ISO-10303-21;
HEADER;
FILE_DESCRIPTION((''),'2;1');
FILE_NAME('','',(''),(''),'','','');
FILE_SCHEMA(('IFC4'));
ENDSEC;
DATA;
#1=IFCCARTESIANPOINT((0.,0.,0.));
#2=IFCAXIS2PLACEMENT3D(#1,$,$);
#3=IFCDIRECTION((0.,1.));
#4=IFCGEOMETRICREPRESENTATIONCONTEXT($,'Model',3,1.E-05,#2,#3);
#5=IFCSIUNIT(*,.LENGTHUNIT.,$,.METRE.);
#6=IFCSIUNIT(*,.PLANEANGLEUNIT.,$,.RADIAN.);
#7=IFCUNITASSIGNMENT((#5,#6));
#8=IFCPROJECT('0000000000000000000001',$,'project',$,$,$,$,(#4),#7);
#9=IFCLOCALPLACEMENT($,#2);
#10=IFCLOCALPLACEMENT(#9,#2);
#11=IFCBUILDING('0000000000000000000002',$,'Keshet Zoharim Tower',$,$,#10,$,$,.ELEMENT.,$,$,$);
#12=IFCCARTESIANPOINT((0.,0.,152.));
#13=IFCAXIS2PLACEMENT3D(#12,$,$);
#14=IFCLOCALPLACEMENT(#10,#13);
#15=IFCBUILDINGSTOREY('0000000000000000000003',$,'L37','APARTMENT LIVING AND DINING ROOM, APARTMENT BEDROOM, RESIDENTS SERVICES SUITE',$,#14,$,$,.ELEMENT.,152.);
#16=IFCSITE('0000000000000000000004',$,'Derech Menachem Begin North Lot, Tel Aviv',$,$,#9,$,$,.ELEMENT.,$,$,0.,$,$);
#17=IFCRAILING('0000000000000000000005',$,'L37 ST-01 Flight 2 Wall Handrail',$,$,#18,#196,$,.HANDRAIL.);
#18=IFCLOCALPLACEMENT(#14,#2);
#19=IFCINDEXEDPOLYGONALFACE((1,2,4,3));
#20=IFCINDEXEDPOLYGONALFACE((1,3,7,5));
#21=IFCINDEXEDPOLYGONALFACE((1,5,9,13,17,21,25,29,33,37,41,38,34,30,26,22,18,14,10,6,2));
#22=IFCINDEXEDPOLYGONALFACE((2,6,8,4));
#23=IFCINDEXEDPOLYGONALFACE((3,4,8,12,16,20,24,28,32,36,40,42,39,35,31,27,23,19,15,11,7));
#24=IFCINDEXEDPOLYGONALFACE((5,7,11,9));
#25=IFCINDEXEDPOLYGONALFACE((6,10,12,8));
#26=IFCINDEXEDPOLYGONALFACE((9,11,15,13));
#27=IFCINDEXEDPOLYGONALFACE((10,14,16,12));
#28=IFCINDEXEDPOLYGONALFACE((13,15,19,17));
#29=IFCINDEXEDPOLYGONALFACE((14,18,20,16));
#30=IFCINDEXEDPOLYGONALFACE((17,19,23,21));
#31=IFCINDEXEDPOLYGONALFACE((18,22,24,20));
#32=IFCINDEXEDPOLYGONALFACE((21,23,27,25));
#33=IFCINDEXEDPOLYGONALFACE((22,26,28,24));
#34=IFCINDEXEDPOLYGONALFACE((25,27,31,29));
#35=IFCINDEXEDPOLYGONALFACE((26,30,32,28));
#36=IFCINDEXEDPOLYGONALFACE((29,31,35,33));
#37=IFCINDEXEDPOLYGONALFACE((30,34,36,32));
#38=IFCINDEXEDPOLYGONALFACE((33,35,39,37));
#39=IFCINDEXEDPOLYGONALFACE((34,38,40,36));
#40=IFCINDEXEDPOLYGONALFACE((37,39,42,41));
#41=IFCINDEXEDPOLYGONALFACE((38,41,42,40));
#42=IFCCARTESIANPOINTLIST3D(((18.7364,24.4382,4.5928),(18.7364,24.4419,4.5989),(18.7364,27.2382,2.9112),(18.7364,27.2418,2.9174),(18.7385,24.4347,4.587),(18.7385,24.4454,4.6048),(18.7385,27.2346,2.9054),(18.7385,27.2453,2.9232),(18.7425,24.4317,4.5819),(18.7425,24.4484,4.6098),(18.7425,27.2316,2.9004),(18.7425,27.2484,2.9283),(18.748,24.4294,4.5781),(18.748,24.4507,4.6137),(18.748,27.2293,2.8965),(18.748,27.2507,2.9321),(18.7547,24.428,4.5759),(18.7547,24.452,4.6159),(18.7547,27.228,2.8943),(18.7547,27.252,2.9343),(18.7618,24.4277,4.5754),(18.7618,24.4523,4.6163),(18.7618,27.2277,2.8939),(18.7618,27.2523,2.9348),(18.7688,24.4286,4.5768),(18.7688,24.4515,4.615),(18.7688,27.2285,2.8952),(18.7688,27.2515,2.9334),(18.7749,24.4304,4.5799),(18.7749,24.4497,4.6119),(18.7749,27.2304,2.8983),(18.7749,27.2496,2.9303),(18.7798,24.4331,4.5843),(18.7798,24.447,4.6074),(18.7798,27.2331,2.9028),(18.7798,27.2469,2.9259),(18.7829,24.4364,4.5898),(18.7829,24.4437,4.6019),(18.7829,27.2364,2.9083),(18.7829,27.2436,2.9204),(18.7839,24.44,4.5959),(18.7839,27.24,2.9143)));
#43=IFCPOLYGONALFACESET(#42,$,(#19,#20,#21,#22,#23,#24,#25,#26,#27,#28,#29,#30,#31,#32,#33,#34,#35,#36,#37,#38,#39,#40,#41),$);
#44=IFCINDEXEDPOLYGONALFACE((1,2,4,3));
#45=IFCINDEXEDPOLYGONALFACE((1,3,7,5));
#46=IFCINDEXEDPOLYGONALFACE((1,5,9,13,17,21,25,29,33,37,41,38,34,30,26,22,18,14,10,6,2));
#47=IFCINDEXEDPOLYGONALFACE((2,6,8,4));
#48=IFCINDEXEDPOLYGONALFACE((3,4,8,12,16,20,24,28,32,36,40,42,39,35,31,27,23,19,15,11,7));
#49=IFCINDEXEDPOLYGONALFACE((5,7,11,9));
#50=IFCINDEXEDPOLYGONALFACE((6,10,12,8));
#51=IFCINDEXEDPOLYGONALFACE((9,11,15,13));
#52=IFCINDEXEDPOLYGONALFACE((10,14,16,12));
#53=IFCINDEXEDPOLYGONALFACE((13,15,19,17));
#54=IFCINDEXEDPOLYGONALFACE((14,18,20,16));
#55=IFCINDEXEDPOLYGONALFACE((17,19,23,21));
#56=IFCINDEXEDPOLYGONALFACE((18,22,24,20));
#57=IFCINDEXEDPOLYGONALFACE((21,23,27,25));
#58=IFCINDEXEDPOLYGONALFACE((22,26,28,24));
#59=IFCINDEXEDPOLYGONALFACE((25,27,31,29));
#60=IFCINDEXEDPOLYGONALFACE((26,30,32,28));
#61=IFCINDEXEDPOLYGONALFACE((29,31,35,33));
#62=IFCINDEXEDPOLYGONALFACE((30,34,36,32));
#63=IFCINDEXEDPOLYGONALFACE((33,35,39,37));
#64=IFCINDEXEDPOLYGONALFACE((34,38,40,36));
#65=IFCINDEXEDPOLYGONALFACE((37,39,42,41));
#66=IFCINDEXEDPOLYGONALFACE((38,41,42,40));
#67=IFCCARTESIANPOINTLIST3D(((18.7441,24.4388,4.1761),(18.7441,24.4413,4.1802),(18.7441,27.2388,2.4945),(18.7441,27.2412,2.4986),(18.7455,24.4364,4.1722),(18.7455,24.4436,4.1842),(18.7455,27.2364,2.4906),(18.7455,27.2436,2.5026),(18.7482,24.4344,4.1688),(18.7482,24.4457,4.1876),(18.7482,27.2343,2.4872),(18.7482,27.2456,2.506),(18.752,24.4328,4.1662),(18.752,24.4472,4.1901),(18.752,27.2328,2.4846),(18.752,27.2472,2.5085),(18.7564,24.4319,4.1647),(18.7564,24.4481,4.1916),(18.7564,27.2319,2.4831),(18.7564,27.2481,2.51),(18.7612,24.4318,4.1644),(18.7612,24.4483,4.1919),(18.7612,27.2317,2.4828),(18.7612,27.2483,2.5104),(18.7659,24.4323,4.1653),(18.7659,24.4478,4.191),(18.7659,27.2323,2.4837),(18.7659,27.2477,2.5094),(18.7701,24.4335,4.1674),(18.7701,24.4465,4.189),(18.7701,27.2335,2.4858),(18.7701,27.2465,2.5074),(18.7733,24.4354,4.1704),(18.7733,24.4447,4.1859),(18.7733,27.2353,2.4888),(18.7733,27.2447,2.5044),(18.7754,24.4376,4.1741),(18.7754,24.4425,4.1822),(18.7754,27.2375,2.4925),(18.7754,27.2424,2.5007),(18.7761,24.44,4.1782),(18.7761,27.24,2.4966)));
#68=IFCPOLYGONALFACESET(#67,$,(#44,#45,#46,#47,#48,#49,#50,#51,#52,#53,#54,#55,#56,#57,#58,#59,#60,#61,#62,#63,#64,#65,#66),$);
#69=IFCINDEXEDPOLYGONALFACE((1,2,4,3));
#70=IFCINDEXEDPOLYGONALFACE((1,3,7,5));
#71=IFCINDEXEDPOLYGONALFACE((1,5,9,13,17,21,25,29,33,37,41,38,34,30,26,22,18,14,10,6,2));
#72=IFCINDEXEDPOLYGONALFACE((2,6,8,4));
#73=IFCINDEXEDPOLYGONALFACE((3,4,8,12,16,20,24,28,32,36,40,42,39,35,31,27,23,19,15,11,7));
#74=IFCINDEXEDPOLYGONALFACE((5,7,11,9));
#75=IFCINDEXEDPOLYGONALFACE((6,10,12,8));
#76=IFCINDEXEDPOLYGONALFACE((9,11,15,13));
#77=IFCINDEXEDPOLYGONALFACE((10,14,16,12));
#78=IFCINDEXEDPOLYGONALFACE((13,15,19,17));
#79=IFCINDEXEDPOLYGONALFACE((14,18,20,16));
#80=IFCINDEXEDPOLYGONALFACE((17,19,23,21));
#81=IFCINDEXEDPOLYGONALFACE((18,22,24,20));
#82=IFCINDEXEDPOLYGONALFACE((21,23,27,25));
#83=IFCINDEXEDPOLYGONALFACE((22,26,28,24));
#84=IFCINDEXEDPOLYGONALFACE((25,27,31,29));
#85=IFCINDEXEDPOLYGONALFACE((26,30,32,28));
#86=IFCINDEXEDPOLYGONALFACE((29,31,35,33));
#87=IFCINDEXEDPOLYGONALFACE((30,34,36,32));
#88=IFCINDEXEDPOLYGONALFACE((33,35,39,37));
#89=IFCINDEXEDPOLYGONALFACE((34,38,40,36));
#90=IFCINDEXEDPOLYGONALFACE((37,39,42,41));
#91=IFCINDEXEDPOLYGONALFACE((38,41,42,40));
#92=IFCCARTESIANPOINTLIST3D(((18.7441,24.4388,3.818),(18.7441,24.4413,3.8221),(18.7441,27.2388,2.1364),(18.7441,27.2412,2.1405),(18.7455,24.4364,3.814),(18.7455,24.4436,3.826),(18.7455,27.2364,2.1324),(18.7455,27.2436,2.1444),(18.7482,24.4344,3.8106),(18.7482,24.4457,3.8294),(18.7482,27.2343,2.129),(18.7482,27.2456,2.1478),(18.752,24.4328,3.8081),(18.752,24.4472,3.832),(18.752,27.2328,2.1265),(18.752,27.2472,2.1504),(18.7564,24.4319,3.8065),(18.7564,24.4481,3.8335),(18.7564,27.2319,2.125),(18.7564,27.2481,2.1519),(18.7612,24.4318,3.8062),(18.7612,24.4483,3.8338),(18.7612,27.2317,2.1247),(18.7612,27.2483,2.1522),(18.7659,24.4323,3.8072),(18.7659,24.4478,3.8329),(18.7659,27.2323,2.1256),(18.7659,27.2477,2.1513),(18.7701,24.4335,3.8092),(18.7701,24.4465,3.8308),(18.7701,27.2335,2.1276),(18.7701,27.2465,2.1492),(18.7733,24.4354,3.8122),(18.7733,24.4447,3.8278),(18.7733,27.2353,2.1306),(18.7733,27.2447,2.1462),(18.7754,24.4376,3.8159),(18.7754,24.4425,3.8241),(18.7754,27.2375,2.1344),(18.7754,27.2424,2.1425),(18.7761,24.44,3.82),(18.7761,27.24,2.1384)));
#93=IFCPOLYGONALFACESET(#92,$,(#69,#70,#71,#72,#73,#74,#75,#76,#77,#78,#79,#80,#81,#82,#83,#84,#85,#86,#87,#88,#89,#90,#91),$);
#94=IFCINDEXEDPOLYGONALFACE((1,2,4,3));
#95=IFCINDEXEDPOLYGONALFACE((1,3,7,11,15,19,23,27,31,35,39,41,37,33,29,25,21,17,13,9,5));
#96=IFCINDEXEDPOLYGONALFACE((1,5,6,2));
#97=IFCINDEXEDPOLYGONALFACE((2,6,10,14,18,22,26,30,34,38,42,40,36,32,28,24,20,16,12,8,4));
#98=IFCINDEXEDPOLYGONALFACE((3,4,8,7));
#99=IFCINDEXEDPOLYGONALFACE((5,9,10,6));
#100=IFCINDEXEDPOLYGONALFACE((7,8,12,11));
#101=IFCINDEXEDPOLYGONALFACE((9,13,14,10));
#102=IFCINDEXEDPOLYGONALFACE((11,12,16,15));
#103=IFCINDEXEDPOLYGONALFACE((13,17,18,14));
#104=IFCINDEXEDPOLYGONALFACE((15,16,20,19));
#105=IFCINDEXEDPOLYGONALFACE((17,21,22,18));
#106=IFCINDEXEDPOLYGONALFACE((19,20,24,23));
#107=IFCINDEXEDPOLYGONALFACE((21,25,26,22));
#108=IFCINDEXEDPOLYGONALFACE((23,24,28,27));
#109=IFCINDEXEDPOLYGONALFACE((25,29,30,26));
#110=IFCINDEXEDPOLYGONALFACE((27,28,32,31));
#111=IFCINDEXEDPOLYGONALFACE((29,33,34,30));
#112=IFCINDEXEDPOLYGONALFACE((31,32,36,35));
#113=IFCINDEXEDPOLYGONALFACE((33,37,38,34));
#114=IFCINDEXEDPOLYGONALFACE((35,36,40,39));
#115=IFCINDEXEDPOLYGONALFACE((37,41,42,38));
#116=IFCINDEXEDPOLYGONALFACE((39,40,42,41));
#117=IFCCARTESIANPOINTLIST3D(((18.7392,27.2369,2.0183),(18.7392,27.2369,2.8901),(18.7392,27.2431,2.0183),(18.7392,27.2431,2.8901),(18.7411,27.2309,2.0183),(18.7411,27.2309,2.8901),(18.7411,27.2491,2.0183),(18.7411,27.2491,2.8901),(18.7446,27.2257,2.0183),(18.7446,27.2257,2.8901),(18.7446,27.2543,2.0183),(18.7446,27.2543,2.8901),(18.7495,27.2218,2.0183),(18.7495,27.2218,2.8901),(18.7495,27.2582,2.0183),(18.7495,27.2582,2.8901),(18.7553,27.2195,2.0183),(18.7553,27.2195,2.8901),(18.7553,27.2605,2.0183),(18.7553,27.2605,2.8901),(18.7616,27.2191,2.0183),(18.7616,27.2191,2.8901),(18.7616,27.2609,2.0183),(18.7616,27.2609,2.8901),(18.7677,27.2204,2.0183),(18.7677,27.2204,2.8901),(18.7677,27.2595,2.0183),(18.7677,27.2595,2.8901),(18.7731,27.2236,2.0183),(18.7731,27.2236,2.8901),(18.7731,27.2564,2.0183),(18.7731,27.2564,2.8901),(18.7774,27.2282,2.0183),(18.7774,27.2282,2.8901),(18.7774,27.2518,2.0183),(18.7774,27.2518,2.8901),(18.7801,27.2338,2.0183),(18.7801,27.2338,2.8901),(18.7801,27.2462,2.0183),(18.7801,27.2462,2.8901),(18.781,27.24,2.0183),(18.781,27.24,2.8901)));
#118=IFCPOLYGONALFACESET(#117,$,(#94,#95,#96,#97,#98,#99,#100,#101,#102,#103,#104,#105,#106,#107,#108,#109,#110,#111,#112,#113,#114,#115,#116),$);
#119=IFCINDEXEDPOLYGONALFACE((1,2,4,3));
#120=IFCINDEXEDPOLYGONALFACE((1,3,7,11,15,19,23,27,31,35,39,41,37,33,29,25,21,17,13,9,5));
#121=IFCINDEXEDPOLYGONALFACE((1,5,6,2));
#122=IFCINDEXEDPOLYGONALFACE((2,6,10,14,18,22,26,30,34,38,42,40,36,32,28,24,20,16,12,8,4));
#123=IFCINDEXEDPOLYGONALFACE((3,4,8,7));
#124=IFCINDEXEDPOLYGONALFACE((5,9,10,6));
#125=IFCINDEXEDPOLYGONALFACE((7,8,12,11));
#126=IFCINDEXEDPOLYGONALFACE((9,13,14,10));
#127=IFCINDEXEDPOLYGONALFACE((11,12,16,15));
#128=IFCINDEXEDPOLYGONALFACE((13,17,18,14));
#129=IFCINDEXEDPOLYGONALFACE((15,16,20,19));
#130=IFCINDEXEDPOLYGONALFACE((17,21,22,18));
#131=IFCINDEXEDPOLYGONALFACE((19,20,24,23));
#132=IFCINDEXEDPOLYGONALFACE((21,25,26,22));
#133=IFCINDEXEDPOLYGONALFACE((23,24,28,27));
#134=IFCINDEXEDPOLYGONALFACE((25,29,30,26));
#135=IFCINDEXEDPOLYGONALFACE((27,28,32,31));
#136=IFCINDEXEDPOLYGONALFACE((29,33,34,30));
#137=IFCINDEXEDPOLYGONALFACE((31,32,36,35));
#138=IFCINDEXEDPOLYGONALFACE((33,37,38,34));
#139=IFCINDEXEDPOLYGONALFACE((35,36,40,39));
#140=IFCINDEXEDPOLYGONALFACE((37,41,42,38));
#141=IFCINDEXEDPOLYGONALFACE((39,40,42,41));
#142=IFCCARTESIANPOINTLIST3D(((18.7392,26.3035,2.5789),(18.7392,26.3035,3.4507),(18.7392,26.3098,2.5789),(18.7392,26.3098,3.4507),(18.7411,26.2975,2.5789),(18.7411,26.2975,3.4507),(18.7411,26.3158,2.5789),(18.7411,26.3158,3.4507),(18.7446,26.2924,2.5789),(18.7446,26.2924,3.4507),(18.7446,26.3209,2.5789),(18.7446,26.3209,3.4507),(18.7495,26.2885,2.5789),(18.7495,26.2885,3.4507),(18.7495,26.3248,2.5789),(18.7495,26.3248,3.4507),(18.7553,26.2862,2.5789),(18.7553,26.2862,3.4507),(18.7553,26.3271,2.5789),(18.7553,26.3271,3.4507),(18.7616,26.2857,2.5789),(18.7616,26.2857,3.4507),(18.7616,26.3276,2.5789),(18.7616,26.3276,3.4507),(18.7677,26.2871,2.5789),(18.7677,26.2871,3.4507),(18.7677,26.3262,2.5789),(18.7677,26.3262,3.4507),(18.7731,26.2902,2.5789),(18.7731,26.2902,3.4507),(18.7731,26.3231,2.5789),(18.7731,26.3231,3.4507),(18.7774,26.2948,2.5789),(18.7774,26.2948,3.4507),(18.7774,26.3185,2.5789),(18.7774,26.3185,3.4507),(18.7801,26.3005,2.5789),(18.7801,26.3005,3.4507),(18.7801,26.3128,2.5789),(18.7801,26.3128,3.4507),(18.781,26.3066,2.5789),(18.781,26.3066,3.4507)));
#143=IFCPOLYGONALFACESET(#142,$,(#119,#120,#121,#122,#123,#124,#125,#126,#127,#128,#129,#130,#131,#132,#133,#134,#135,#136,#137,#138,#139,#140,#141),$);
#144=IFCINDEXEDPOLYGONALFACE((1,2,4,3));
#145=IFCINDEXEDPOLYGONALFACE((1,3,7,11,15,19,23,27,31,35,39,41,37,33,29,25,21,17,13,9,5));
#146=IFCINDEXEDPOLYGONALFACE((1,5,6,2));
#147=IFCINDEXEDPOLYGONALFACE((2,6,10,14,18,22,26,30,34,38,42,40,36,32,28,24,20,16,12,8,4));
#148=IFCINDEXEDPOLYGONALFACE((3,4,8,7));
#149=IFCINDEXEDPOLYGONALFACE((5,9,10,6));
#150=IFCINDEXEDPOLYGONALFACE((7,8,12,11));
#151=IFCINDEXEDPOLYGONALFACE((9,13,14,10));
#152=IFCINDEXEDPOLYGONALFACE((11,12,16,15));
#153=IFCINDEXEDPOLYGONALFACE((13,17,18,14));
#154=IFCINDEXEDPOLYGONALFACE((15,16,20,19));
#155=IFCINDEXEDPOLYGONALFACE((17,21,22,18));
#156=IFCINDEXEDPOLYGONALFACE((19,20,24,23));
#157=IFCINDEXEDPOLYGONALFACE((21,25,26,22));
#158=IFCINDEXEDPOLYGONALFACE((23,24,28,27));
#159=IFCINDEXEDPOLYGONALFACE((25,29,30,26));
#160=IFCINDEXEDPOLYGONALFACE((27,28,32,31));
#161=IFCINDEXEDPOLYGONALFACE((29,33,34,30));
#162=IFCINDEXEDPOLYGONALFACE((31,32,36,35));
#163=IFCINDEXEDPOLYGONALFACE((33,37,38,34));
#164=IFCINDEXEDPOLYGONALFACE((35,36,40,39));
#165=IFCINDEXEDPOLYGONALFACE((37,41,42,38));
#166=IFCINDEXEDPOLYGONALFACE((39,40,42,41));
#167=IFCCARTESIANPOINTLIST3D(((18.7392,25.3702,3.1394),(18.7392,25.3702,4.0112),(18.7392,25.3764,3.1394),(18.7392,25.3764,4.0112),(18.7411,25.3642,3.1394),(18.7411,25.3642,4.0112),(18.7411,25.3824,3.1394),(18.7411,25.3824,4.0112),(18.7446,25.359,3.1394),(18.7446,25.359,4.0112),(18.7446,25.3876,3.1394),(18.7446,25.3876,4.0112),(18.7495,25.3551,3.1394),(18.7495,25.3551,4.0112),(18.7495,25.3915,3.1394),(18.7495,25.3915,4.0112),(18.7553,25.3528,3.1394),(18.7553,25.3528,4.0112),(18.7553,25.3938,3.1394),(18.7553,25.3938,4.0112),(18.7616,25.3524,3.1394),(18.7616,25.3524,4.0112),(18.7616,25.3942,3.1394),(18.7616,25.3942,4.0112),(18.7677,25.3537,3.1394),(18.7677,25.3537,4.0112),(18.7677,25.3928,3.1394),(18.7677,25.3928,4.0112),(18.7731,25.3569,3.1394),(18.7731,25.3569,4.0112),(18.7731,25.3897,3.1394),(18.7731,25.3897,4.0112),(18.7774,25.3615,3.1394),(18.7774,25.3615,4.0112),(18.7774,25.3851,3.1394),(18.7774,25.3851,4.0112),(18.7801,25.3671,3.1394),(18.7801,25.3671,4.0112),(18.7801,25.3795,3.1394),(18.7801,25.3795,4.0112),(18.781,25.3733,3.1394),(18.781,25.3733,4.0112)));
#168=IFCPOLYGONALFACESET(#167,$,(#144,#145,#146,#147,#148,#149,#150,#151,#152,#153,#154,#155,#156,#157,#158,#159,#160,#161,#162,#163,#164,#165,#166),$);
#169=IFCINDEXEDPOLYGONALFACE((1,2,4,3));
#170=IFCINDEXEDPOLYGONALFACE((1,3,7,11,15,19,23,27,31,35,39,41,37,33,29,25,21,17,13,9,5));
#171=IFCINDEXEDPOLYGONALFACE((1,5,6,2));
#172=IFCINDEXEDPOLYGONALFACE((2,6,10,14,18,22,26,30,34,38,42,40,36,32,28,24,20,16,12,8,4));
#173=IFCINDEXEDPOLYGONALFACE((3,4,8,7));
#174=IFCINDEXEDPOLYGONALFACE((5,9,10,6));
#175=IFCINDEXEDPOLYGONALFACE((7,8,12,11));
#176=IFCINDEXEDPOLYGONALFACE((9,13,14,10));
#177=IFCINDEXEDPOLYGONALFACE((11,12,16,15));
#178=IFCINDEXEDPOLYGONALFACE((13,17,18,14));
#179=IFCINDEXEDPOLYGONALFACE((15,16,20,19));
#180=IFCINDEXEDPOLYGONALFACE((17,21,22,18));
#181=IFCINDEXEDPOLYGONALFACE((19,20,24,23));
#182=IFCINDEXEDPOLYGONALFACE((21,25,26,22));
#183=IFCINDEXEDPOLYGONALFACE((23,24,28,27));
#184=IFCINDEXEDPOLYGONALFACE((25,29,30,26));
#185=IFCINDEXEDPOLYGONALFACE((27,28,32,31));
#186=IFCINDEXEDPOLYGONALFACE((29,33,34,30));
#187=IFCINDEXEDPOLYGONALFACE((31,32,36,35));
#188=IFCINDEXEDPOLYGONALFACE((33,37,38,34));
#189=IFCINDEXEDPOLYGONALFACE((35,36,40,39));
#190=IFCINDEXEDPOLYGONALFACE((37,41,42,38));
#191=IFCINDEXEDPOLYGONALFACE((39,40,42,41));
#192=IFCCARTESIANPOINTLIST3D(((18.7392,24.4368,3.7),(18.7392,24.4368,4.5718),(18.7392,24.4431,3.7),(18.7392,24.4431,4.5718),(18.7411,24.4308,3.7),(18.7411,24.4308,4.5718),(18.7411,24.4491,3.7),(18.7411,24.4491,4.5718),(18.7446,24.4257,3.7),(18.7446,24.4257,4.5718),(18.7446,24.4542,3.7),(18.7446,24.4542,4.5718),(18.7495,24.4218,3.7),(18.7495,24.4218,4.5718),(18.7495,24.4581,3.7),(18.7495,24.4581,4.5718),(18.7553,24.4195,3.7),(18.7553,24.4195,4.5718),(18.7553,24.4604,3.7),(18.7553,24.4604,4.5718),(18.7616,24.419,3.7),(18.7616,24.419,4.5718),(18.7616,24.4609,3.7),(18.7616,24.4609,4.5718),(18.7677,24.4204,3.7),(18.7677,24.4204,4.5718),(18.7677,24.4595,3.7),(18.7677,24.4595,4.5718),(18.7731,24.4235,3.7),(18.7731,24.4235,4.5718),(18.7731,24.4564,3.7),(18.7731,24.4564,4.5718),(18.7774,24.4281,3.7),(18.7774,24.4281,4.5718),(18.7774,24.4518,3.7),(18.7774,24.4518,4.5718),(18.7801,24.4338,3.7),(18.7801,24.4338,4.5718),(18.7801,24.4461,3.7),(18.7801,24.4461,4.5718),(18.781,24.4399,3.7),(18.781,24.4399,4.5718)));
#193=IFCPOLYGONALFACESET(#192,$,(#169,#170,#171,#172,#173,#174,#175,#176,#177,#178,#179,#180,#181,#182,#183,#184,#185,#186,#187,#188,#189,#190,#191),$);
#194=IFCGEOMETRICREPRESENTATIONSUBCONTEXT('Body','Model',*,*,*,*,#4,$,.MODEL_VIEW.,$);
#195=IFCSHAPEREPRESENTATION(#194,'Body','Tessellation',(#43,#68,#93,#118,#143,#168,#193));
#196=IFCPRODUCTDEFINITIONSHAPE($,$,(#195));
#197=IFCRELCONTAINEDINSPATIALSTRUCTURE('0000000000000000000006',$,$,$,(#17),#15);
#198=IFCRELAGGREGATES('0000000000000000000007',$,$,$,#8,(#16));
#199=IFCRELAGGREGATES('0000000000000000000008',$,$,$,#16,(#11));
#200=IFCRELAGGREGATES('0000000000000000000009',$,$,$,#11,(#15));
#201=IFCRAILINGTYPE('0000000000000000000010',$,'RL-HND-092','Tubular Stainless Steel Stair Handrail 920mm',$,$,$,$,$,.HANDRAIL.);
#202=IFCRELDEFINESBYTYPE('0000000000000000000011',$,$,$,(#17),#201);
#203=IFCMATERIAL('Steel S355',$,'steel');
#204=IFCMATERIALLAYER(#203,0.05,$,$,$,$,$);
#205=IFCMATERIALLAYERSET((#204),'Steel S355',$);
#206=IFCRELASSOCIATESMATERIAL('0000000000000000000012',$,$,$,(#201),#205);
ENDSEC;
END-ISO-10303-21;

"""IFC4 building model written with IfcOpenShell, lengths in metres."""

from ifc_helpers import new_model, si_unit, direction, frame, origin, origin_2d, place, context, subcontext, project, spatial, circle, extrude, material, layer, layer_set, type_object, element, save


model = new_model("IFC4")

# Units and contexts
model_context = context("Model", 3, precision=1e-05, world=origin(), true_north=direction((0.0, 1.0)))
body_context = subcontext(model_context, "Body", "Model", "MODEL_VIEW")
ifc_project = project(units=[si_unit("LENGTHUNIT", "METRE"), si_unit("PLANEANGLEUNIT", "RADIAN")], contexts=[model_context])

# Site, building, storey
site_placement = place(None, origin())
site = spatial("IfcSite", under=ifc_project, at=site_placement, Name="Derech Menachem Begin North Lot, Tel Aviv", CompositionType="ELEMENT", RefElevation=0.0)
building_placement = place(site_placement, origin())
building = spatial("IfcBuilding", under=site, at=building_placement, Name="Keshet Zoharim Tower", CompositionType="ELEMENT")
storey_placement = place(building_placement, frame((0.0, 0.0, 152.0)))
storey = spatial("IfcBuildingStorey", under=building, at=storey_placement, Name="L37", Description="APARTMENT LIVING AND DINING ROOM, APARTMENT BEDROOM, RESIDENTS SERVICES SUITE", CompositionType="ELEMENT", Elevation=152.0)

# Shared definitions
ifc_material_1 = material(Name="Steel S355", Category="steel")

# Railing
ifc_layer_1 = layer(ifc_material_1, 0.05)
ifc_layer_set_1 = layer_set([ifc_layer_1], Name="Steel S355")
railing_type = type_object("IfcRailingType", Name="RL-HND-092", Description="Tubular Stainless Steel Stair Handrail 920mm", PredefinedType="HANDRAIL", material=ifc_layer_set_1)
for number, where, name in (
    (1, (18.76, 27.24, 2.0183), "L37 ST-01 Flight 2 Wall Handrail"),
):
    element("IfcRailing", number, at=place(storey_placement, frame(where)), inside=storey, type_object=railing_type, Name=name, PredefinedType="HANDRAIL", context=body_context, shape_type="SweptSolid", body=[
        extrude(circle(Radius=0.0239, at=origin_2d()), frame((0.0, 0.0, 0.896), z_axis=(0.0, -0.857275, 0.514858), x_axis=(1.0, 0.0, 0.0)), (0.0, 0.0, 1.0), 3.2661),
        extrude(circle(Radius=0.0161, at=origin_2d()), frame((0.0, 0.0, 0.4783), z_axis=(0.0, -0.857275, 0.514858), x_axis=(1.0, 0.0, 0.0)), (0.0, 0.0, 1.0), 3.2661),
        extrude(circle(Radius=0.0161, at=origin_2d()), frame((0.0, 0.0, 0.1201), z_axis=(0.0, -0.857275, 0.514858), x_axis=(1.0, 0.0, 0.0)), (0.0, 0.0, 1.0), 3.2661),
        extrude(circle(Radius=0.021, at=origin_2d()), origin(), (0.0, 0.0, 1.0), 0.8718),
        extrude(circle(Radius=0.021, at=origin_2d()), frame((0.0, -0.9333, 0.5605)), (0.0, 0.0, 1.0), 0.8718),
        extrude(circle(Radius=0.021, at=origin_2d()), frame((0.0, -1.8667, 1.1211)), (0.0, 0.0, 1.0), 0.8718),
        extrude(circle(Radius=0.021, at=origin_2d()), frame((0.0, -2.8, 1.6816)), (0.0, 0.0, 1.0), 0.8718),
    ])

save(model, "model.ifc")
